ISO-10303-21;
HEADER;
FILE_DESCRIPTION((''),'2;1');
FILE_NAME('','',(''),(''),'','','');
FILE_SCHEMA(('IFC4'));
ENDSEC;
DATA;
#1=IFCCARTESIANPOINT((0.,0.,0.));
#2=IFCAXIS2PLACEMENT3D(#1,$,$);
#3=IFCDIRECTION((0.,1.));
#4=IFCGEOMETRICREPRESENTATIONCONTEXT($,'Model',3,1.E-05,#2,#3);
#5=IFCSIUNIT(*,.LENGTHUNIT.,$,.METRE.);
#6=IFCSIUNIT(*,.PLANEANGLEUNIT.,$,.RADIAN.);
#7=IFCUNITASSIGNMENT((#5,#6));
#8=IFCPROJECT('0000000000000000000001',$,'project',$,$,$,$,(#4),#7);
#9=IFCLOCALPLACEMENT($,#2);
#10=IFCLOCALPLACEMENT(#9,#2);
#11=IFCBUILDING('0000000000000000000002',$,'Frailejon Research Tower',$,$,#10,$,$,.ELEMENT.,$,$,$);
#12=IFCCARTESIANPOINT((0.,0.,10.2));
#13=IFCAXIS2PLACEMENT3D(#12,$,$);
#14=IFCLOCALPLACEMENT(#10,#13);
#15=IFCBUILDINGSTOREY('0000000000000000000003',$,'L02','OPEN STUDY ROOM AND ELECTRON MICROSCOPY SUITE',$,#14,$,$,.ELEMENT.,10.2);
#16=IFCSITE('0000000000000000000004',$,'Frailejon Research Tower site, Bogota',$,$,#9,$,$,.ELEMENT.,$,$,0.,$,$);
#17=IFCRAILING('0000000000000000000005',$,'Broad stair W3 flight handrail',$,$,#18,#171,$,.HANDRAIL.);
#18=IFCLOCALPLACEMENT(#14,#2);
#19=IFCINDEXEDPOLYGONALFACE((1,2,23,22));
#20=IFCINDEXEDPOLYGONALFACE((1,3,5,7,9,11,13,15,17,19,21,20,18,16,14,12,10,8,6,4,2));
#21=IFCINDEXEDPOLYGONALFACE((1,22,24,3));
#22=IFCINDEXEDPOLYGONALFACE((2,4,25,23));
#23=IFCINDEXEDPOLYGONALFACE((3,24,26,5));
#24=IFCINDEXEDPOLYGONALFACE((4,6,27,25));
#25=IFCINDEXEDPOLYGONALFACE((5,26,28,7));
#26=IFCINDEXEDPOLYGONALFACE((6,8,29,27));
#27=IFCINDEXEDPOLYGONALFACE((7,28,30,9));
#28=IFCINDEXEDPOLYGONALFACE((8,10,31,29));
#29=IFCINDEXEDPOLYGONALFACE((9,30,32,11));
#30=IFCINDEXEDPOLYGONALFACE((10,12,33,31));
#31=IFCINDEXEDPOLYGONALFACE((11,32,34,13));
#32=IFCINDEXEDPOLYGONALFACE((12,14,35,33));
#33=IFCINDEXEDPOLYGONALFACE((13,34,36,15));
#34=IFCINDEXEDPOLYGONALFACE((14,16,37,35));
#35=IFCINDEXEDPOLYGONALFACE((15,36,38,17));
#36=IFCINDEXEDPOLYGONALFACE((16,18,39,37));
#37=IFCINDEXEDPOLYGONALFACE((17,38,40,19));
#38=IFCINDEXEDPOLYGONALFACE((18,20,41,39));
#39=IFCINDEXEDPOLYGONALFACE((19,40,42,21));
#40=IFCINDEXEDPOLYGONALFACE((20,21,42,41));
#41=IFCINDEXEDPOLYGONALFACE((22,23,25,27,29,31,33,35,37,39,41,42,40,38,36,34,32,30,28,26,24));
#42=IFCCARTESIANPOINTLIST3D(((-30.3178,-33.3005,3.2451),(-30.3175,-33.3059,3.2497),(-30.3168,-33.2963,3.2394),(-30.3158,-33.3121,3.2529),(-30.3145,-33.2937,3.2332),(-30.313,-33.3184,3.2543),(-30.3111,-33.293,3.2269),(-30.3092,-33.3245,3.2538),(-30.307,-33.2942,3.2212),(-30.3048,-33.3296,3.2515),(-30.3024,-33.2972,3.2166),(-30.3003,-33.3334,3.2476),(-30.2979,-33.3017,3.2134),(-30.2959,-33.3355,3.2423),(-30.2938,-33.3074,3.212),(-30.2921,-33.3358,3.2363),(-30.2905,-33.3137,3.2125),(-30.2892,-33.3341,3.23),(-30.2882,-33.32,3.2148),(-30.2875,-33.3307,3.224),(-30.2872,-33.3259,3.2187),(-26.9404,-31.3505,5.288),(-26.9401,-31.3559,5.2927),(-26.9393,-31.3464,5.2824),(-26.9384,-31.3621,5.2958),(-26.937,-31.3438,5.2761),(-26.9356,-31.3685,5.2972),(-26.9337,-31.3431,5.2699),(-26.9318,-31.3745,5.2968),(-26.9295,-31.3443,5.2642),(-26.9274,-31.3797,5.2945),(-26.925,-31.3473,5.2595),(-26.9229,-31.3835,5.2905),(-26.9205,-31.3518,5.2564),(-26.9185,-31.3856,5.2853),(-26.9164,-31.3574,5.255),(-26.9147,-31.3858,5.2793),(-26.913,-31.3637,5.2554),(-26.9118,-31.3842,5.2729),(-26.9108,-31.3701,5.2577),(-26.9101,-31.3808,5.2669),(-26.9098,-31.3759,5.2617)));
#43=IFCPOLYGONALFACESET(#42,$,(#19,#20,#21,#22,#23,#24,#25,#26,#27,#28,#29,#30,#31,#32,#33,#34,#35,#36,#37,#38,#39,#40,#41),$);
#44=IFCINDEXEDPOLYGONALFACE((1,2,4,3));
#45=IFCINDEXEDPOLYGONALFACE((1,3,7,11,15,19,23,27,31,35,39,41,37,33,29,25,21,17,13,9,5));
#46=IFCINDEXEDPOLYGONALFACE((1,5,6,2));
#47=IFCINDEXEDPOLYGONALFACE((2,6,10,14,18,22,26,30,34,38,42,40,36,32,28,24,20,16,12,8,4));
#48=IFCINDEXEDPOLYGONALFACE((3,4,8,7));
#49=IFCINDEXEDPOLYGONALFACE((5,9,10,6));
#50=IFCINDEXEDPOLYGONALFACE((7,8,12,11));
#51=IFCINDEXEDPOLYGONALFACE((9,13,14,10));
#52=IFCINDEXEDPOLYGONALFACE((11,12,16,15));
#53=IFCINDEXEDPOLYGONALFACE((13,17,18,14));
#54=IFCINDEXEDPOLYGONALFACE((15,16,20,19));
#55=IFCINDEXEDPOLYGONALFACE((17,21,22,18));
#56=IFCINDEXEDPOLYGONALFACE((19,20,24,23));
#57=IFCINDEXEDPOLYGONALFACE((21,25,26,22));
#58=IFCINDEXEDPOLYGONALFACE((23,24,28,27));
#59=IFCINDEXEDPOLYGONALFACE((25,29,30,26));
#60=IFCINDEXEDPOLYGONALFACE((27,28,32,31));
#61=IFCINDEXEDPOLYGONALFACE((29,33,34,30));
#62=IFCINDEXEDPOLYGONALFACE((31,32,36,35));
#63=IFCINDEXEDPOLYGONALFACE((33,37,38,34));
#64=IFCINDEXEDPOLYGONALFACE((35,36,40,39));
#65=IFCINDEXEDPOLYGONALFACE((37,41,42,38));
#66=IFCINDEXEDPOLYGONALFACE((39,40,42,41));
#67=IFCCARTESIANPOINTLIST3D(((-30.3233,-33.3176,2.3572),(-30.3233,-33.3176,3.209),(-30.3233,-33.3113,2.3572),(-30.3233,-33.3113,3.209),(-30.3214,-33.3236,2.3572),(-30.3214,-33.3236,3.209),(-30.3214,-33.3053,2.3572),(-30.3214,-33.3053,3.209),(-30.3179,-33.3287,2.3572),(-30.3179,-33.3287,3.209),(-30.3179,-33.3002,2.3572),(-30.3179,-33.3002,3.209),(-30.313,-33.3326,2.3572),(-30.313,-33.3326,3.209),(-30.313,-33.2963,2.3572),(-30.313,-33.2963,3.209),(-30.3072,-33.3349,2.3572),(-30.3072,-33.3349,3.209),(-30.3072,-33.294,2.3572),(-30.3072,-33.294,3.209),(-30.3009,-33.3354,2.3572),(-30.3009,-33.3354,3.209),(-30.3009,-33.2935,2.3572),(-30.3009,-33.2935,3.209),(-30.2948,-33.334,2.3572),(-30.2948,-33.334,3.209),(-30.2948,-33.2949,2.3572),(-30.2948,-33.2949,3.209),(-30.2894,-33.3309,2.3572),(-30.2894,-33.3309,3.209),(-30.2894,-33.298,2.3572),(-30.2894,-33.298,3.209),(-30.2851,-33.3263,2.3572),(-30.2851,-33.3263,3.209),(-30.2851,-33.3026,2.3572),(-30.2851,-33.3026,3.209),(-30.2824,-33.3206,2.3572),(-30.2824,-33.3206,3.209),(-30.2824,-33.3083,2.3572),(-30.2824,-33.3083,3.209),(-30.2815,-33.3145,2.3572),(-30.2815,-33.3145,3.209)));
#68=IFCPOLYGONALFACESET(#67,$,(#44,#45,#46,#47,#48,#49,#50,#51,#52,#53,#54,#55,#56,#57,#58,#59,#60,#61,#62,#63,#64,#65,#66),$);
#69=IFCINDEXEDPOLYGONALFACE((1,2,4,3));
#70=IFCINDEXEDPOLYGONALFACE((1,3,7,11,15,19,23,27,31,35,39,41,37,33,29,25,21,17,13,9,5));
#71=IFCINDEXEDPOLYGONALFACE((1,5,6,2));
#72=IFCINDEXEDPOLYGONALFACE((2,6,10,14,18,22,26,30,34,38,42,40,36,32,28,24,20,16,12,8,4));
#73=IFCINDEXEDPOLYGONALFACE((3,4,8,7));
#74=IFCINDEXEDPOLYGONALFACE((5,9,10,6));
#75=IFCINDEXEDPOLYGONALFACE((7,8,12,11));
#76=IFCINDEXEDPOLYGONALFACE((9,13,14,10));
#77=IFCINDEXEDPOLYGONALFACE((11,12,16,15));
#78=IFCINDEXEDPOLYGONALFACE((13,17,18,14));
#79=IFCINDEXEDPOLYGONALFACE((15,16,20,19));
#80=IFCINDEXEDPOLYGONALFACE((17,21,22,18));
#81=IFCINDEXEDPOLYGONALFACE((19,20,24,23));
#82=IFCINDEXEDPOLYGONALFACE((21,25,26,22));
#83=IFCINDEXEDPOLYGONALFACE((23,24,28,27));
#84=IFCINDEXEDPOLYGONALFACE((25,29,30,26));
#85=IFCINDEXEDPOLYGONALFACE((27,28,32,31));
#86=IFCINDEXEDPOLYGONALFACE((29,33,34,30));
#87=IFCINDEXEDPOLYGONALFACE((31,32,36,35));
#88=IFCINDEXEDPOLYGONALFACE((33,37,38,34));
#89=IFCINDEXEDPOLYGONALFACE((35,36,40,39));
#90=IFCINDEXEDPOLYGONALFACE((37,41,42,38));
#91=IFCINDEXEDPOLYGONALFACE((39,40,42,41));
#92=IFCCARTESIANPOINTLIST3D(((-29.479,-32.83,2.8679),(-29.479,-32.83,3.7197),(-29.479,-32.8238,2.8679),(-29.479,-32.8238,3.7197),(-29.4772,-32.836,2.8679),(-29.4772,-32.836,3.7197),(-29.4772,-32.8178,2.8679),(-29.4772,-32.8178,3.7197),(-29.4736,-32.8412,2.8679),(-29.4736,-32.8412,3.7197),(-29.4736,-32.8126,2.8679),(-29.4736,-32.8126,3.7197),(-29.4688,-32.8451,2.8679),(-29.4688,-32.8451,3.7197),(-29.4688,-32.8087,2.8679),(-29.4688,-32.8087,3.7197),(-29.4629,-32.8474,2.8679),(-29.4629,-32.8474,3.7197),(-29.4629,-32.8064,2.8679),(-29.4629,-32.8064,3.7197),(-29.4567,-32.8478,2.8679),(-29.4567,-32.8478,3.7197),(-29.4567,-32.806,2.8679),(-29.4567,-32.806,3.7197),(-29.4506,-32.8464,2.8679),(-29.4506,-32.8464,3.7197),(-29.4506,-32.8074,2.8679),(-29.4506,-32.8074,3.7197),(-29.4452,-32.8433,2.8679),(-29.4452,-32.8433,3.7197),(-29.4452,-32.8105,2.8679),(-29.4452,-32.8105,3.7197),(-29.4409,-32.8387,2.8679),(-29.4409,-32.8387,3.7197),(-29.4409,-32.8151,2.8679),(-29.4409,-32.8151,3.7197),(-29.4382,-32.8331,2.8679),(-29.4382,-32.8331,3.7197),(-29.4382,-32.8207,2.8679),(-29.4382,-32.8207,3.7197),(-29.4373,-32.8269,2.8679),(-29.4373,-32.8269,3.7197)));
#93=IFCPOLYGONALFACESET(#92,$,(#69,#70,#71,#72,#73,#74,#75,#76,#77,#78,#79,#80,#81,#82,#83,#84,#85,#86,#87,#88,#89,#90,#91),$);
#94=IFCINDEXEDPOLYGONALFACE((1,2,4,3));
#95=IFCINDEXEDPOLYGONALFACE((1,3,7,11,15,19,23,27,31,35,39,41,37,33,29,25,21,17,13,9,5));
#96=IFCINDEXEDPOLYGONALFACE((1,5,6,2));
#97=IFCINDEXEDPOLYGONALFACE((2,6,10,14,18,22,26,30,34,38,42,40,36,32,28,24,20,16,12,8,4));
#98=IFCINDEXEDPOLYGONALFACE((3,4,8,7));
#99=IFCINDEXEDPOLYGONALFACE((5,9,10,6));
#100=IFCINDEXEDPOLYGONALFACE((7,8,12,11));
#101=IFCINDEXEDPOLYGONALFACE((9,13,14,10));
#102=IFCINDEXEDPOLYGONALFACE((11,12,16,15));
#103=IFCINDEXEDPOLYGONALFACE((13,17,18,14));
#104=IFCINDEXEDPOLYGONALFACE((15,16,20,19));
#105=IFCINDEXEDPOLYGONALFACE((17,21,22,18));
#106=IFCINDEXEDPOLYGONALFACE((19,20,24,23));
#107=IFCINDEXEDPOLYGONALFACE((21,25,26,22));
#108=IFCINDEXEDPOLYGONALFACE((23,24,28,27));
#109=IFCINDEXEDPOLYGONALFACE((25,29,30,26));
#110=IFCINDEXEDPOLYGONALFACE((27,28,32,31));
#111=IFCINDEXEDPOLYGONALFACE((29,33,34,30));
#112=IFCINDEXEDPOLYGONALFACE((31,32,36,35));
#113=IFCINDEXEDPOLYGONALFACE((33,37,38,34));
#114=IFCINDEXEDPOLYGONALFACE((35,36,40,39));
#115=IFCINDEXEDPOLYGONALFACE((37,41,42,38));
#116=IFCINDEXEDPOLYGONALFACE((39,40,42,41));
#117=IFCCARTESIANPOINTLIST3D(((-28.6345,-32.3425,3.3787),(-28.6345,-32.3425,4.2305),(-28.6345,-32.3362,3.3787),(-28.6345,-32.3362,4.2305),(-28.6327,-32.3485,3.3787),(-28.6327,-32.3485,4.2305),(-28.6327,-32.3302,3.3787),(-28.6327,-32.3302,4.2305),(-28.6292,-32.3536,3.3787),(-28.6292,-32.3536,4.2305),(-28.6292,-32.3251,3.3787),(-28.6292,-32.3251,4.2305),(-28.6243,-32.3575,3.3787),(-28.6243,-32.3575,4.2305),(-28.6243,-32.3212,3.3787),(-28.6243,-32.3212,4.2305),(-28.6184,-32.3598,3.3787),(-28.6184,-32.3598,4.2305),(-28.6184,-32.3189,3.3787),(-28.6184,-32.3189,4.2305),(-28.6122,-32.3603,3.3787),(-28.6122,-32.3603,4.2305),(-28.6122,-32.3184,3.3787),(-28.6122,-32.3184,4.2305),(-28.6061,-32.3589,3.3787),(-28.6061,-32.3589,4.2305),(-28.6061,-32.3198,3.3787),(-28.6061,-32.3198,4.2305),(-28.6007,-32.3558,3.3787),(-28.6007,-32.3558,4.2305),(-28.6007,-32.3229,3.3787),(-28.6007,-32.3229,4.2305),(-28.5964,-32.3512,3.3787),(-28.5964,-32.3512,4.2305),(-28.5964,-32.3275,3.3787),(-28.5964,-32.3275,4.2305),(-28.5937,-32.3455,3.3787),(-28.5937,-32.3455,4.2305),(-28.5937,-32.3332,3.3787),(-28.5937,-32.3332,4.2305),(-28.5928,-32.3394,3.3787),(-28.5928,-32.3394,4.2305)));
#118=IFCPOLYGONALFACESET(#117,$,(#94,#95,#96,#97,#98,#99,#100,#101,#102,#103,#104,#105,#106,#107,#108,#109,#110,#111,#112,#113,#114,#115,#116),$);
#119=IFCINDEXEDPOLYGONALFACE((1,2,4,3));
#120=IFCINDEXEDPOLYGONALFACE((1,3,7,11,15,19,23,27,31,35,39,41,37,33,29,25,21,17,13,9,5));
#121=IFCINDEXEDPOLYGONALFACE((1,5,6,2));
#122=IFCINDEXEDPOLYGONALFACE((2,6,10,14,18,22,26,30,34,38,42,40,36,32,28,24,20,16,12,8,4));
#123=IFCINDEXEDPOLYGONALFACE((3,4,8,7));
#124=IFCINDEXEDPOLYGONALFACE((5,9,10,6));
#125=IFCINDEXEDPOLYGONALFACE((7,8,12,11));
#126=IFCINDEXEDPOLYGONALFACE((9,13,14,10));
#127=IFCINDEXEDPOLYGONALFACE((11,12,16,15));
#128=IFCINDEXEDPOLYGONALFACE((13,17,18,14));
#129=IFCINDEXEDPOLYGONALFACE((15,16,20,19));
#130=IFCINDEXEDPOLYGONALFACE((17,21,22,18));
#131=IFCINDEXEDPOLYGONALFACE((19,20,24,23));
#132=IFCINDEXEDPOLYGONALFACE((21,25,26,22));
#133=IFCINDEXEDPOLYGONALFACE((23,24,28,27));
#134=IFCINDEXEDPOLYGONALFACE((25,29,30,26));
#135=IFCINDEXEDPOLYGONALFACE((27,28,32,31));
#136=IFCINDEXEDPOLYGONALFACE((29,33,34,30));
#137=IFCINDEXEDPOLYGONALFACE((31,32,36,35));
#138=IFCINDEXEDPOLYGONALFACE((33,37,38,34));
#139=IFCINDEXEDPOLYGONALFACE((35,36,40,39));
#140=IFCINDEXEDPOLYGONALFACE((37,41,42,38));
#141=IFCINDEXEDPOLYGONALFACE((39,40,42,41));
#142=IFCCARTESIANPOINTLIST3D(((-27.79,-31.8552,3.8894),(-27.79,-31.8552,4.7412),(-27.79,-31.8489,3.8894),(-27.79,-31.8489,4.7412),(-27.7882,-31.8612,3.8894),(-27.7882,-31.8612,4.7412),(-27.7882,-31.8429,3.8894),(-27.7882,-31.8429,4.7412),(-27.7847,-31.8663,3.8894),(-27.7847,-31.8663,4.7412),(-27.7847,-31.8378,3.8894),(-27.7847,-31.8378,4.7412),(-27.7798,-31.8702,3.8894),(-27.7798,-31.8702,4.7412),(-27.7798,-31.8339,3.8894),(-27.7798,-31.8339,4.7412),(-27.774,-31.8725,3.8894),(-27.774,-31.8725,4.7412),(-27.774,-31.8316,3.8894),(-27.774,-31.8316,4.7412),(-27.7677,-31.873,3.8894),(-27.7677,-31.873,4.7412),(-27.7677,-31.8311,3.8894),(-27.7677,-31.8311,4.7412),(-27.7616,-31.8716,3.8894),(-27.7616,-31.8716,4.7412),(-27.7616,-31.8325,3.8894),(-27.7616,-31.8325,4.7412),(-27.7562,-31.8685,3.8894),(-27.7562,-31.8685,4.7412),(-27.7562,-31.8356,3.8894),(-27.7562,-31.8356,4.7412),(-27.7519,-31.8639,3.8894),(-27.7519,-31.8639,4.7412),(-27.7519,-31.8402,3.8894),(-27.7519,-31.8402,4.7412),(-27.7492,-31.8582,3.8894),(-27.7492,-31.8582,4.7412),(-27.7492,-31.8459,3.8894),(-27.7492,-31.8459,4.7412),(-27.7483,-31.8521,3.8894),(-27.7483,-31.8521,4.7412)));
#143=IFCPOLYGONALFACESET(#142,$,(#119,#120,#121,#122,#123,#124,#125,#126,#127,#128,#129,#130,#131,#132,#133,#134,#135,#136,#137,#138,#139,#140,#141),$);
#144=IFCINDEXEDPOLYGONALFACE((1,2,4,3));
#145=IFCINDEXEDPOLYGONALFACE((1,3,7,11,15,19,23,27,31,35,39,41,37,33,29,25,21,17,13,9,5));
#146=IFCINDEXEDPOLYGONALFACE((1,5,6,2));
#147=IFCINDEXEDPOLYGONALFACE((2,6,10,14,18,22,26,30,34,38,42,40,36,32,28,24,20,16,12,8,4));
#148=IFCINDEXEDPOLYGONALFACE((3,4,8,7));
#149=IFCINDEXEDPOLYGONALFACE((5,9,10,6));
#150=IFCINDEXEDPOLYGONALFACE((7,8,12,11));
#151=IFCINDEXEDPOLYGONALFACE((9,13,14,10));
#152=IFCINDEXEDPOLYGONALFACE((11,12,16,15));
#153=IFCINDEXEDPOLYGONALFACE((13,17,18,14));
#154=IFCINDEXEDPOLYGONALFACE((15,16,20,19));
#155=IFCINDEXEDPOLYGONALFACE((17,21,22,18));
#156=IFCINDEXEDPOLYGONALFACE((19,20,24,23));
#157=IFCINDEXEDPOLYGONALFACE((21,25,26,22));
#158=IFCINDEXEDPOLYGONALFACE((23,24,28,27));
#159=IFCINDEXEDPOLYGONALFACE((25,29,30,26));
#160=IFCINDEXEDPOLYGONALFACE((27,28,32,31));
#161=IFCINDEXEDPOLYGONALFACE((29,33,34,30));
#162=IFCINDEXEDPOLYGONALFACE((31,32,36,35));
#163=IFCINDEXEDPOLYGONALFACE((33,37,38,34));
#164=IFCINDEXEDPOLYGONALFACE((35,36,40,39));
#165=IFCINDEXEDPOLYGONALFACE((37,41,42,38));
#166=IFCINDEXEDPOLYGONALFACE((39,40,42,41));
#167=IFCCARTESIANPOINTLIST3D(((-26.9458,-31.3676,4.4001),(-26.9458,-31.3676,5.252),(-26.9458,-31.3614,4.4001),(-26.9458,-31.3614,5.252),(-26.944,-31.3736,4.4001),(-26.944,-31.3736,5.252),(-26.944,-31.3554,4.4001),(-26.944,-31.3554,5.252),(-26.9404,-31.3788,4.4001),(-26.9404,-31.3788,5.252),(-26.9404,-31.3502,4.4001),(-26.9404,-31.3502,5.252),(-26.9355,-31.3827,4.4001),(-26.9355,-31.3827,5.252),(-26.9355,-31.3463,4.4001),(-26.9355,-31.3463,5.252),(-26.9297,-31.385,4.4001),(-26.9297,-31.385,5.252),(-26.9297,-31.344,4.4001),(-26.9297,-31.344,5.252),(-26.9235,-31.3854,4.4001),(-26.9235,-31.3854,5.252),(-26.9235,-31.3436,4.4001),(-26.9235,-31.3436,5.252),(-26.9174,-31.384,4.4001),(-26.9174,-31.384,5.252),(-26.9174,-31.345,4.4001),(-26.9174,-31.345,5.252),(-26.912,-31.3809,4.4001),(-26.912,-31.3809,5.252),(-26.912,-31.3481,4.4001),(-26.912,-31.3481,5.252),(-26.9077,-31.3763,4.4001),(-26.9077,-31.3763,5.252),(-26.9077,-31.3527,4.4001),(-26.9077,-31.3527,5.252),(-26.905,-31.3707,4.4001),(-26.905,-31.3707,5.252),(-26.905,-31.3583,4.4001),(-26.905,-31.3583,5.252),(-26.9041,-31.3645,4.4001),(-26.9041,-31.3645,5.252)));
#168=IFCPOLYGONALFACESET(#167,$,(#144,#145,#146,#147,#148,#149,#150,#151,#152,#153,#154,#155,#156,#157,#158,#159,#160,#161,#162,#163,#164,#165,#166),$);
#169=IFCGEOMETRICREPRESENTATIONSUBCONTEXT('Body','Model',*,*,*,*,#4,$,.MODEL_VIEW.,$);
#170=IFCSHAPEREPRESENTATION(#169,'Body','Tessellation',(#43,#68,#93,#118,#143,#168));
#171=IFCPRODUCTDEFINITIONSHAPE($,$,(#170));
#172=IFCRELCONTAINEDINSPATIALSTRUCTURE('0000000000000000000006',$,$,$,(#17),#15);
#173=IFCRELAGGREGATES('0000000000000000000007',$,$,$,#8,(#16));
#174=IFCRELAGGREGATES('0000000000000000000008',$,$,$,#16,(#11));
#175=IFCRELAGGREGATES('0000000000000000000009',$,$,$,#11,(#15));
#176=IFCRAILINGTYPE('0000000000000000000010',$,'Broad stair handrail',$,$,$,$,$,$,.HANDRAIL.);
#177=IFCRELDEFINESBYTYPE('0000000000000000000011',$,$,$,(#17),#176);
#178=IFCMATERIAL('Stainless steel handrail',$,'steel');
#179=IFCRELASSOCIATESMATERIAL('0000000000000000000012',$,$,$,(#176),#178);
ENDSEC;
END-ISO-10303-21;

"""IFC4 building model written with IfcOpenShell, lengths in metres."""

from ifc_helpers import new_model, si_unit, direction, frame, origin, origin_2d, place, context, subcontext, project, spatial, circle, extrude, material, type_object, element, save


model = new_model("IFC4")

# Units and contexts
model_context = context("Model", 3, precision=1e-05, world=origin(), true_north=direction((0.0, 1.0)))
body_context = subcontext(model_context, "Body", "Model", "MODEL_VIEW")
ifc_project = project(units=[si_unit("LENGTHUNIT", "METRE"), si_unit("PLANEANGLEUNIT", "RADIAN")], contexts=[model_context])

# Site, building, storey
site_placement = place(None, origin())
site = spatial("IfcSite", under=ifc_project, at=site_placement, Name="Frailejon Research Tower site, Bogota", CompositionType="ELEMENT", RefElevation=0.0)
building_placement = place(site_placement, origin())
building = spatial("IfcBuilding", under=site, at=building_placement, Name="Frailejon Research Tower", CompositionType="ELEMENT")
storey_placement = place(building_placement, frame((0.0, 0.0, 10.2)))
storey = spatial("IfcBuildingStorey", under=building, at=storey_placement, Name="L02", Description="OPEN STUDY ROOM AND ELECTRON MICROSCOPY SUITE", CompositionType="ELEMENT", Elevation=10.2)

# Railing
ifc_material_1 = material(Name="Stainless steel handrail", Category="steel")
railing_type_1 = type_object("IfcRailingType", Name="Broad stair handrail", PredefinedType="HANDRAIL", material=ifc_material_1)
railing_1_placement = place(storey_placement, frame((-30.3025, -33.3145, 2.3572)))
element("IfcRailing", 1, at=railing_1_placement, inside=storey, type_object=railing_type_1, Name="Broad stair W3 flight handrail", PredefinedType="HANDRAIL", context=body_context, shape_type="SweptSolid", body=[
    extrude(circle(Radius=0.0239, at=origin_2d()), frame((0.0, 0.0, 0.876), z_axis=(0.767142, 0.442906, 0.464034), x_axis=(-0.499997, 0.866027, 0.0)), (0.0, 0.0, 1.0), 4.4026),
    extrude(circle(Radius=0.021, at=origin_2d()), origin(), (0.0, 0.0, 1.0), 0.8518),
    extrude(circle(Radius=0.021, at=origin_2d()), frame((0.8442, 0.4875, 0.5107)), (0.0, 0.0, 1.0), 0.8518),
    extrude(circle(Radius=0.021, at=origin_2d()), frame((1.6887, 0.9751, 1.0215)), (0.0, 0.0, 1.0), 0.8518),
    extrude(circle(Radius=0.021, at=origin_2d()), frame((2.5332, 1.4624, 1.5322)), (0.0, 0.0, 1.0), 0.8518),
    extrude(circle(Radius=0.021, at=origin_2d()), frame((3.3774, 1.95, 2.043)), (0.0, 0.0, 1.0), 0.8518),
])

save(model, "model.ifc")
